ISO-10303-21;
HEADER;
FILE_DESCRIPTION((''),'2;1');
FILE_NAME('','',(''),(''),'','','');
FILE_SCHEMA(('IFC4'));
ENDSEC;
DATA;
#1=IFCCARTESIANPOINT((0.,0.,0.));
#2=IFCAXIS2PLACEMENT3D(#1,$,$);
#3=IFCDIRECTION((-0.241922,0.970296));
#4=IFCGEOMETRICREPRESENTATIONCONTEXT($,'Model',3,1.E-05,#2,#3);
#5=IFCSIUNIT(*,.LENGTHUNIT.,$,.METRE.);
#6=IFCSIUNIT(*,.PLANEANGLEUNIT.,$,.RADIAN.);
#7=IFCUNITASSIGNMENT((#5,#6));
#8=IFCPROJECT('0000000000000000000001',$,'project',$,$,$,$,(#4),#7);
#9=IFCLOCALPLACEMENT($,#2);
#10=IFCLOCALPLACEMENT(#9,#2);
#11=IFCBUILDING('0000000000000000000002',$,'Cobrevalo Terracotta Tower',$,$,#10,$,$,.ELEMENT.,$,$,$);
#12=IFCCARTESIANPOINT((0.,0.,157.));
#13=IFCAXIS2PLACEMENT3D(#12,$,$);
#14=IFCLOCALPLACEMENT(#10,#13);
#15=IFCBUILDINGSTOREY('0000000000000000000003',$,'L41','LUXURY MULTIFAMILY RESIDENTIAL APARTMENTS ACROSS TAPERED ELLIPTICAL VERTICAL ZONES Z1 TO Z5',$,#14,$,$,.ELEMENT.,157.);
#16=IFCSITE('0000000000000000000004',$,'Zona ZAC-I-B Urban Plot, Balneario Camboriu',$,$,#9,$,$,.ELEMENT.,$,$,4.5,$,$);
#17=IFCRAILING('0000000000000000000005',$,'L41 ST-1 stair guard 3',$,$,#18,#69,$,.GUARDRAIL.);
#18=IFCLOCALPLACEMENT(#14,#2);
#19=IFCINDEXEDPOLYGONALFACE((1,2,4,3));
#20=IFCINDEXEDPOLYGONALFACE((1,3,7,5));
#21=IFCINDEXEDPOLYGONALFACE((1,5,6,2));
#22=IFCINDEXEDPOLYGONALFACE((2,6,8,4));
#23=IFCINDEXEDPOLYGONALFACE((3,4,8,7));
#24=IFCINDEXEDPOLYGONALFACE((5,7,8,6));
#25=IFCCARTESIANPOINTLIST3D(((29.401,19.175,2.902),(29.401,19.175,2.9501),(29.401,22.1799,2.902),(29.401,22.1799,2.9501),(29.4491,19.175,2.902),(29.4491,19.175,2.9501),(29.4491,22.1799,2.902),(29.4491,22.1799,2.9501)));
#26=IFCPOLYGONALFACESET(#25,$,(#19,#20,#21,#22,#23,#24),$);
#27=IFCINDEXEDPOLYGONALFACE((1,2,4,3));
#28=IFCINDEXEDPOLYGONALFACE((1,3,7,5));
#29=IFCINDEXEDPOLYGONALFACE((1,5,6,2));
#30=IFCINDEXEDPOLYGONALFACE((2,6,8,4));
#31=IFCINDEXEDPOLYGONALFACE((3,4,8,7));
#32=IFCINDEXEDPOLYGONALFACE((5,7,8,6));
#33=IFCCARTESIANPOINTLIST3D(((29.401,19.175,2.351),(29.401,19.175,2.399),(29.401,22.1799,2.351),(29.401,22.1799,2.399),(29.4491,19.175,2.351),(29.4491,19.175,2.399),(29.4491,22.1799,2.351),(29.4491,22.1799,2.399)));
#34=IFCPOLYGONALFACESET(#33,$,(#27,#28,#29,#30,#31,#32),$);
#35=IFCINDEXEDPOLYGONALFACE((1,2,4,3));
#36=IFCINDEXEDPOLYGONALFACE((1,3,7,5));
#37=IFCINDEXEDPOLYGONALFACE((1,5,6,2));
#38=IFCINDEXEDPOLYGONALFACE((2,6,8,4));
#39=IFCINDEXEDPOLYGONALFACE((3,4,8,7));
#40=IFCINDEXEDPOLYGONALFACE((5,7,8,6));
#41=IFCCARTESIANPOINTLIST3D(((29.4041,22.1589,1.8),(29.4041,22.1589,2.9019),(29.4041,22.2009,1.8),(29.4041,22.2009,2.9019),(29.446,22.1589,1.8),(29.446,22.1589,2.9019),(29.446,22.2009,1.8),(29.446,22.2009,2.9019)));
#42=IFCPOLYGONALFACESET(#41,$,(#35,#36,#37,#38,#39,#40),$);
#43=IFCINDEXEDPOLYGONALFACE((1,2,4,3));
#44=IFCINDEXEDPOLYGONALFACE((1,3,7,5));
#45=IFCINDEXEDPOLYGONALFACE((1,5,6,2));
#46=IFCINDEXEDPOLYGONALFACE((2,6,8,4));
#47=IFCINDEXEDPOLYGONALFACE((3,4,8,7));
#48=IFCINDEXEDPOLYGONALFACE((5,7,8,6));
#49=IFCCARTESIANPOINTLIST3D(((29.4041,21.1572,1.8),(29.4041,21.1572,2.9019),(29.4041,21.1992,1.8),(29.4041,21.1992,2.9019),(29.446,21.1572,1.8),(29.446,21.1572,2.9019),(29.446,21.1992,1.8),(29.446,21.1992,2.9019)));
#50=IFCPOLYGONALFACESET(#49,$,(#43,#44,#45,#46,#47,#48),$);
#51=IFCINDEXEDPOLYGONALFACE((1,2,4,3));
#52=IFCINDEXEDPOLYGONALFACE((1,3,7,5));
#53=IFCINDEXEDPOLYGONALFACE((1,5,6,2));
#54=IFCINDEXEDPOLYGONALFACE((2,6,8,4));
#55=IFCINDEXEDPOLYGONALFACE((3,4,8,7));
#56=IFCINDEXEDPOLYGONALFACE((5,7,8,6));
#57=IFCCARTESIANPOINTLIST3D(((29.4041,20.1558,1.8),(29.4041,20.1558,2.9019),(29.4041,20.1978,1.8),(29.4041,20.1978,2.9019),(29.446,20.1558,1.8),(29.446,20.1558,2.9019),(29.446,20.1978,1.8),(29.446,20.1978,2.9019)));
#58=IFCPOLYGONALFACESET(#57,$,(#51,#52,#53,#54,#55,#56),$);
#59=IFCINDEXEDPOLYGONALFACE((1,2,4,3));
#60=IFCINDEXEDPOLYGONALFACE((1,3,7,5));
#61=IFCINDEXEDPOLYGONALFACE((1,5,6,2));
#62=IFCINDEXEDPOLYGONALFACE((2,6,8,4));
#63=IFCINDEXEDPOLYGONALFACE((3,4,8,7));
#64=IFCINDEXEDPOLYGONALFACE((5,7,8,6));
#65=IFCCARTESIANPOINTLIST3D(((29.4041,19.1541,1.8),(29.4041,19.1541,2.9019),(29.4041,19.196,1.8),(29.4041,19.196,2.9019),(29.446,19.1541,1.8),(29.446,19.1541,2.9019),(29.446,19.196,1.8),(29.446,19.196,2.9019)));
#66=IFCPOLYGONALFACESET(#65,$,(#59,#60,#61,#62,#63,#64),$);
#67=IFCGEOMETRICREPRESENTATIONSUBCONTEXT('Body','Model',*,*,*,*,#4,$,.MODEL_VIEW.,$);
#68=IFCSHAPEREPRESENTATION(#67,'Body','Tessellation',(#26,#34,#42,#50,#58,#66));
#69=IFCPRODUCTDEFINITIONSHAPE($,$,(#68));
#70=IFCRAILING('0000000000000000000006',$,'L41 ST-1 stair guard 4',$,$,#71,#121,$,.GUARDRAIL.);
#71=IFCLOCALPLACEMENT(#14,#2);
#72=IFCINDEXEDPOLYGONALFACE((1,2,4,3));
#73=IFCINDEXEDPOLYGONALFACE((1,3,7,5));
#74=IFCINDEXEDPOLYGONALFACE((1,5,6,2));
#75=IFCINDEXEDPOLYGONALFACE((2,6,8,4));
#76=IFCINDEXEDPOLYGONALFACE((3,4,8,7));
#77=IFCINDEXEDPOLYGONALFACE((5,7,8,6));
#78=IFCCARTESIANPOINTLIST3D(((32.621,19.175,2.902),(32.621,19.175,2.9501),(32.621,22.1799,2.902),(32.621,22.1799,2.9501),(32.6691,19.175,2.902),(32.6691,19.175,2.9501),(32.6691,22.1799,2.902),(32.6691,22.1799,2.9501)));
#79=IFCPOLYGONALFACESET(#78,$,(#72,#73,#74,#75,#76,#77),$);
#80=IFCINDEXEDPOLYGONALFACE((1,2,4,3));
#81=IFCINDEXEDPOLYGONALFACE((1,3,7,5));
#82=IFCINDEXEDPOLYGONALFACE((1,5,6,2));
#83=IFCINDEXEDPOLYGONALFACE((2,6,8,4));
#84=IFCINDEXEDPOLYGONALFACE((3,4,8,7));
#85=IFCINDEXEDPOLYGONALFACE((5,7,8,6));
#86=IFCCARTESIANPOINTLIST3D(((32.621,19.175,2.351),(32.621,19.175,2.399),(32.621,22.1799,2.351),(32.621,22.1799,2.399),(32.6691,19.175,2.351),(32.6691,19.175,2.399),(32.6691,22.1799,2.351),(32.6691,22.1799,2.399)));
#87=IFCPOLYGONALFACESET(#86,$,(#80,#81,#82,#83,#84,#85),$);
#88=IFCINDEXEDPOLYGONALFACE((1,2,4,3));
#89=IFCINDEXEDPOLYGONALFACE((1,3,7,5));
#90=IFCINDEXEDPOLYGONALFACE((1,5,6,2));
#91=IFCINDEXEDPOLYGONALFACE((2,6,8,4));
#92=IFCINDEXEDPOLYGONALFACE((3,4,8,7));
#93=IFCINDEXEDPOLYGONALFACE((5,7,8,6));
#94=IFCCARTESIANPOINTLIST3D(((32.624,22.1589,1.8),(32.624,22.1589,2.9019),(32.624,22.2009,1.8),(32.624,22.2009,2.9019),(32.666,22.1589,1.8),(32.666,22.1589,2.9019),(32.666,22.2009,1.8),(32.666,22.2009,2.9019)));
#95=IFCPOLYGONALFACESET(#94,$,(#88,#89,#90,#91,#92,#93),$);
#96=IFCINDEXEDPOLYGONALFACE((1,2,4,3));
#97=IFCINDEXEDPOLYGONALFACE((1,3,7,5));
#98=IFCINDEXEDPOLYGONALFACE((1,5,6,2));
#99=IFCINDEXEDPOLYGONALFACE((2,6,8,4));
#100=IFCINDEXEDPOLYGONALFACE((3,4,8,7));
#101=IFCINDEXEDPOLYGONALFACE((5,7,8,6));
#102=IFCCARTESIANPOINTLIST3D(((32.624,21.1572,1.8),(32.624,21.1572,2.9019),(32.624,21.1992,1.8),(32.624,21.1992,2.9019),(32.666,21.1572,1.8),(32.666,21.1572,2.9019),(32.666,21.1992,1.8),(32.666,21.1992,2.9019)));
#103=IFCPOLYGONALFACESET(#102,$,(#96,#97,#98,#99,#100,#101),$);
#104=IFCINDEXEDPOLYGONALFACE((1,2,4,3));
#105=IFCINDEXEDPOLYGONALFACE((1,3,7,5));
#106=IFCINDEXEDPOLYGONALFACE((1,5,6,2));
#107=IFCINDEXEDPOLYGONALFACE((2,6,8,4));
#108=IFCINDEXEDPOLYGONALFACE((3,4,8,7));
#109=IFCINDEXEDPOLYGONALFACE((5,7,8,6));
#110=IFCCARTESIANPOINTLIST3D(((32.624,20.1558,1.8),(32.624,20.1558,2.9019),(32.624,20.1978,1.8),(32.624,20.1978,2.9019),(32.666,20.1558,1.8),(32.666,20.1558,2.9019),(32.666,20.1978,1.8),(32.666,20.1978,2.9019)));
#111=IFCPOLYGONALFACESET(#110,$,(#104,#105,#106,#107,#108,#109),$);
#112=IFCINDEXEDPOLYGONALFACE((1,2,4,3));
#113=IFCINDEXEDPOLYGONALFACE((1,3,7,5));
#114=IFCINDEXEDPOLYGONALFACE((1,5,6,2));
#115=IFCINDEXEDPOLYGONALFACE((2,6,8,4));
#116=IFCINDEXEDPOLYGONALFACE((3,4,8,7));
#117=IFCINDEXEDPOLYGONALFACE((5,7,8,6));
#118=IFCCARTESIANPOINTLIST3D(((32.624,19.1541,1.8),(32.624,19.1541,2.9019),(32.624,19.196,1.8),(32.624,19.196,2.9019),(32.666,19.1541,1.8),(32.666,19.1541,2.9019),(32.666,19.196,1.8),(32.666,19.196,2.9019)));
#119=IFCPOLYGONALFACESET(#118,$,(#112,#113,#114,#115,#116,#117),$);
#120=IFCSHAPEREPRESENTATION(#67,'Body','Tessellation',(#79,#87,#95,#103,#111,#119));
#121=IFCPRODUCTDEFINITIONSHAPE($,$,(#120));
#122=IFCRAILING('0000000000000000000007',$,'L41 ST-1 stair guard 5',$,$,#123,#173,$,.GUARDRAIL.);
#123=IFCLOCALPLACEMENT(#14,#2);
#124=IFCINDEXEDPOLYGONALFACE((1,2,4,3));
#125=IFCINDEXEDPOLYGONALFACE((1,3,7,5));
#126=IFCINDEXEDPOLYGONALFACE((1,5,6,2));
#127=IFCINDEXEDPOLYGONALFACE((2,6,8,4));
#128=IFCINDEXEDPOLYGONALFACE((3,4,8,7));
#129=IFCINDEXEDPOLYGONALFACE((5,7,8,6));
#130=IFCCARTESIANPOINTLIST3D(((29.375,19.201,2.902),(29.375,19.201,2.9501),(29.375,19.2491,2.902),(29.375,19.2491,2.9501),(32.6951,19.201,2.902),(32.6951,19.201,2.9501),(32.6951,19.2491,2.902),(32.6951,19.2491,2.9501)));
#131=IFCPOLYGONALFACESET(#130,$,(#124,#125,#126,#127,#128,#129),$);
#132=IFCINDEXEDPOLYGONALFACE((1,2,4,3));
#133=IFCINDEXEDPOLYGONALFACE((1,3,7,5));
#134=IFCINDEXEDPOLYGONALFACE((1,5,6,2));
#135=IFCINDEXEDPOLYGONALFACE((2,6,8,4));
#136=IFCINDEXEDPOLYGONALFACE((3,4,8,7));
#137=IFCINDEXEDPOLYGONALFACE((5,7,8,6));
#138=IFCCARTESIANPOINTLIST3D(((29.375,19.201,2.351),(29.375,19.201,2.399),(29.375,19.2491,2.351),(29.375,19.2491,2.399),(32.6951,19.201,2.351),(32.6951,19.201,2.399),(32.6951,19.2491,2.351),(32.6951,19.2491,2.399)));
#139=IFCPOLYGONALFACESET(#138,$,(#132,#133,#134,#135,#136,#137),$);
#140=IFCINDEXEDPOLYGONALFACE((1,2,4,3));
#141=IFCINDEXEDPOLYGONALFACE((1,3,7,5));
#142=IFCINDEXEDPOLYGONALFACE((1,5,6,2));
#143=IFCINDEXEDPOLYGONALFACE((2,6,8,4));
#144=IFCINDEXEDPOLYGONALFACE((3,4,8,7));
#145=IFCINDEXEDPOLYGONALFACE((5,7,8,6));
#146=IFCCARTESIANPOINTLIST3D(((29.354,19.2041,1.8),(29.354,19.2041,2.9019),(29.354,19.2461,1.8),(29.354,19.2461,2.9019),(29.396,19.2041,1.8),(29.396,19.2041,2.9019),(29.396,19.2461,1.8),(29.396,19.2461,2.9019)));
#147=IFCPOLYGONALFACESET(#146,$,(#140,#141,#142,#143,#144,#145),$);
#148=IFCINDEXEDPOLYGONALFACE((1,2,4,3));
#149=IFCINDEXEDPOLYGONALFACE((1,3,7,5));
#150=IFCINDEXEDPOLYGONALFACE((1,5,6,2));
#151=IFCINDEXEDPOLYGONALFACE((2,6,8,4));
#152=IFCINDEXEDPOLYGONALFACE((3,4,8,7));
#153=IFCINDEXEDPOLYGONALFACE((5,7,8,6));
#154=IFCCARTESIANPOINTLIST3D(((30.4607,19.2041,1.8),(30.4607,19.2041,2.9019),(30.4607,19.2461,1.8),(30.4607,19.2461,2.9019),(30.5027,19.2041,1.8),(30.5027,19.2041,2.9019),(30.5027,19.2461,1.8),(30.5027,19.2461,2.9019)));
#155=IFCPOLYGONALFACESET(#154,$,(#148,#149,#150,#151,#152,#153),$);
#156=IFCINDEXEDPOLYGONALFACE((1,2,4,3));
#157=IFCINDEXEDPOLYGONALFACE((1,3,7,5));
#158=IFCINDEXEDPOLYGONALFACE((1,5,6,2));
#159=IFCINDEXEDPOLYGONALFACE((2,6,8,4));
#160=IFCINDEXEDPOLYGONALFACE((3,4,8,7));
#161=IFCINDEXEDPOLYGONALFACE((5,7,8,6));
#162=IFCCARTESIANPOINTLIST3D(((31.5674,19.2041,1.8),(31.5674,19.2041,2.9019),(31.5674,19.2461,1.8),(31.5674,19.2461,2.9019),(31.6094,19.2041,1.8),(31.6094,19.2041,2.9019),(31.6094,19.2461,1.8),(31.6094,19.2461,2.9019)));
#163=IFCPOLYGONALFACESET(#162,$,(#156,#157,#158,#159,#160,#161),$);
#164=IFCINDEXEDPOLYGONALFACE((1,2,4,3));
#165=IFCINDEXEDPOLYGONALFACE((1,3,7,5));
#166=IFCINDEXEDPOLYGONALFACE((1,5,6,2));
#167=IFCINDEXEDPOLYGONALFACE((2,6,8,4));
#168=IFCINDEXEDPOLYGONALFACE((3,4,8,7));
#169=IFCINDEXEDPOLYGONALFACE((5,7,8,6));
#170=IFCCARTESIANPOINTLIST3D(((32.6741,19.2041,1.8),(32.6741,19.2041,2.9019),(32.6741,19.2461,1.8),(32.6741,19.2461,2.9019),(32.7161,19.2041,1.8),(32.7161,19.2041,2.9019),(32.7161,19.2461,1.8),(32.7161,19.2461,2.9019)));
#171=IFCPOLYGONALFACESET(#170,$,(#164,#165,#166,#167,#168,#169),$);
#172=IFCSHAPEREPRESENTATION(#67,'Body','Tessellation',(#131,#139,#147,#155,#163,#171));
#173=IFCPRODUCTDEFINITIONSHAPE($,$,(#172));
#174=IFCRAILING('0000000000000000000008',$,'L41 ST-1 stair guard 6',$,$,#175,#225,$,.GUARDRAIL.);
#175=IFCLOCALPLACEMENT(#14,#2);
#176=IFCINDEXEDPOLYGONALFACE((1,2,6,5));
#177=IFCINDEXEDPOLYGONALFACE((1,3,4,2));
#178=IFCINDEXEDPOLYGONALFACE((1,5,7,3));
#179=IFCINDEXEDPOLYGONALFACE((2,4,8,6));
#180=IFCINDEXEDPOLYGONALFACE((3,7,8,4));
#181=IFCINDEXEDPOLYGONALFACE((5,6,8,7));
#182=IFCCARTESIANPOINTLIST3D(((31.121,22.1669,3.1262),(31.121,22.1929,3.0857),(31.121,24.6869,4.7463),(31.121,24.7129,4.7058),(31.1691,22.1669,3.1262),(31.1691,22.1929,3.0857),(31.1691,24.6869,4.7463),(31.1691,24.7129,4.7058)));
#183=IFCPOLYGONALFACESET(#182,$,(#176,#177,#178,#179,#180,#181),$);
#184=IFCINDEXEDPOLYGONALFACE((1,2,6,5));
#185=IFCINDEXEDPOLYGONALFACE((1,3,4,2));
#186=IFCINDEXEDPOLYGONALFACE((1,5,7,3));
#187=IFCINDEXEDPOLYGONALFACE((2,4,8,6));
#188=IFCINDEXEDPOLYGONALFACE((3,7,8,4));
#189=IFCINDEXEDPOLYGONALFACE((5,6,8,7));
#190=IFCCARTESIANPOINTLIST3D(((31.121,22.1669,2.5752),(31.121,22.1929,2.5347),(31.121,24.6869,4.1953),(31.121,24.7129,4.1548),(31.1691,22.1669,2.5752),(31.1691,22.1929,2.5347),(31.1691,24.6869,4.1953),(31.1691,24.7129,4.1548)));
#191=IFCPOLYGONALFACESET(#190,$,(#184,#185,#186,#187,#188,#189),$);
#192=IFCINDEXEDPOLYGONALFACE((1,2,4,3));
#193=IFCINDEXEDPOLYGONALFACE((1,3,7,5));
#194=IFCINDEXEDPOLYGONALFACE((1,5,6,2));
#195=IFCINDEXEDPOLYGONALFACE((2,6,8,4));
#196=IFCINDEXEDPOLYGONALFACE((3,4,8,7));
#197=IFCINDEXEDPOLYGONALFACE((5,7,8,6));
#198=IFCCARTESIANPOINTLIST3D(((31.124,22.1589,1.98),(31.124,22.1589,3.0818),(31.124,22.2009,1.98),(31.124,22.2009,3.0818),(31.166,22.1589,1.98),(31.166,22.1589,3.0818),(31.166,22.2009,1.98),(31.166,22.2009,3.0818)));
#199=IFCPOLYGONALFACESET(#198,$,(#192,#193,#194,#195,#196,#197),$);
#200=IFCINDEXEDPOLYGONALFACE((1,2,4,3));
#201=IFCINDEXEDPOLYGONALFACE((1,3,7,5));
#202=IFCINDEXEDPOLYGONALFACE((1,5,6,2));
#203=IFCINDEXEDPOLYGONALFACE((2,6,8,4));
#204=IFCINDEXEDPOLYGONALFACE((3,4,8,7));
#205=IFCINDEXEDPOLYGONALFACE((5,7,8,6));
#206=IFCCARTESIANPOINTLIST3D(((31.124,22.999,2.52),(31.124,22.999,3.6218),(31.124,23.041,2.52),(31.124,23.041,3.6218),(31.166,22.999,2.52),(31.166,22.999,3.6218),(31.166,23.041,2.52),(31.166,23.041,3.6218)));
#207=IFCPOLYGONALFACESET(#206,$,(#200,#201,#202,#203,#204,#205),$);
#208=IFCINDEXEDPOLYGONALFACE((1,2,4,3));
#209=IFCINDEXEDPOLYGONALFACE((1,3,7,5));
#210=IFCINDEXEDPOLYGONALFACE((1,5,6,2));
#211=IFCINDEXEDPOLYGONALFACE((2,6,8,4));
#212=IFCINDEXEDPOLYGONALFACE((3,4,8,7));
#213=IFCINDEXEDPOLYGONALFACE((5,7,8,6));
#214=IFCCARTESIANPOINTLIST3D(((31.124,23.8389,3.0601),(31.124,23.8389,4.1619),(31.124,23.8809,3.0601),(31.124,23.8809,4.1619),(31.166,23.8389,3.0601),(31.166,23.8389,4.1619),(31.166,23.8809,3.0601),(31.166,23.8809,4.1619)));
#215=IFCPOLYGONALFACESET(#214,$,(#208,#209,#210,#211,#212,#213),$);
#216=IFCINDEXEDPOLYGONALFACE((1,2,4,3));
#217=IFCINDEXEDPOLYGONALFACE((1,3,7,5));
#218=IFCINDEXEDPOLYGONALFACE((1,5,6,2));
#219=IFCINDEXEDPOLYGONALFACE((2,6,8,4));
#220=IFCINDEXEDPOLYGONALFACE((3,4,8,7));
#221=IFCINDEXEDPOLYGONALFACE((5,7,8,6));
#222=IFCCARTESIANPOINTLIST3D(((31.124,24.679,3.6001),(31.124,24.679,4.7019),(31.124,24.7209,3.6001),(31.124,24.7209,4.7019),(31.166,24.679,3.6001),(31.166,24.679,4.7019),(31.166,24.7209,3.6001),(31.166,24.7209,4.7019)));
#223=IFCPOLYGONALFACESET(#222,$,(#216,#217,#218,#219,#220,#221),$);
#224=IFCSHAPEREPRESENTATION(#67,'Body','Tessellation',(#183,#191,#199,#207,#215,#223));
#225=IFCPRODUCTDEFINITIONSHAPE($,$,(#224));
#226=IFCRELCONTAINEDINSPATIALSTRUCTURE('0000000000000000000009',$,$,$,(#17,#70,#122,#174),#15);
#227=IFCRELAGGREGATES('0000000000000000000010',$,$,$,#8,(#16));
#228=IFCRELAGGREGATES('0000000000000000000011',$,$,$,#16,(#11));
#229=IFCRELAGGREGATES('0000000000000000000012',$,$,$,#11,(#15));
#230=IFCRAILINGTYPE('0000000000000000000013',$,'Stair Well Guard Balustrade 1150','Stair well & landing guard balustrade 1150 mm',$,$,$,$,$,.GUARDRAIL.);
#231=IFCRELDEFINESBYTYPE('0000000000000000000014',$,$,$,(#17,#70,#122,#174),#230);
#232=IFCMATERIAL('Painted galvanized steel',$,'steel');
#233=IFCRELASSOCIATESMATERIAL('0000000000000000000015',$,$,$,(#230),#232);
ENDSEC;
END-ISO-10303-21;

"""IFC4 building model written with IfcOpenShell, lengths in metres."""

from ifc_helpers import new_model, si_unit, direction, frame, origin, origin_2d, place, context, subcontext, project, spatial, rectangle, extrude, material, type_object, element, save


model = new_model("IFC4")

# Units and contexts
model_context = context("Model", 3, precision=1e-05, world=origin(), true_north=direction((-0.241922, 0.970296)))
body_context = subcontext(model_context, "Body", "Model", "MODEL_VIEW")
ifc_project = project(units=[si_unit("LENGTHUNIT", "METRE"), si_unit("PLANEANGLEUNIT", "RADIAN")], contexts=[model_context])

# Site, building, storey
site_placement = place(None, origin())
site = spatial("IfcSite", under=ifc_project, at=site_placement, Name="Zona ZAC-I-B Urban Plot, Balneario Camboriu", CompositionType="ELEMENT", RefElevation=4.5)
building_placement = place(site_placement, origin())
building = spatial("IfcBuilding", under=site, at=building_placement, Name="Cobrevalo Terracotta Tower", CompositionType="ELEMENT")
storey_placement = place(building_placement, frame((0.0, 0.0, 157.0)))
storey = spatial("IfcBuildingStorey", under=building, at=storey_placement, Name="L41", Description="LUXURY MULTIFAMILY RESIDENTIAL APARTMENTS ACROSS TAPERED ELLIPTICAL VERTICAL ZONES Z1 TO Z5", CompositionType="ELEMENT", Elevation=157.0)

# Railings
ifc_material_1 = material(Name="Painted galvanized steel", Category="steel")
railing_type_1 = type_object("IfcRailingType", Name="Stair Well Guard Balustrade 1150", Description="Stair well & landing guard balustrade 1150 mm", PredefinedType="GUARDRAIL", material=ifc_material_1)
for number, where, name in (
    (1, (29.425, 22.1799, 1.8), "L41 ST-1 stair guard 3"),
    (2, (32.645, 22.1799, 1.8), "L41 ST-1 stair guard 4"),
):
    element("IfcRailing", number, at=place(storey_placement, frame(where)), inside=storey, type_object=railing_type_1, Name=name, PredefinedType="GUARDRAIL", context=body_context, shape_type="SweptSolid", body=[
        extrude(rectangle(XDim=0.0481, YDim=0.0481, at=origin_2d()), frame((0.0, 0.0, 1.126), z_axis=(0.0, -1.0, 0.0), x_axis=(1.0, 0.0, 0.0)), (0.0, 0.0, 1.0), 3.0049),
        extrude(rectangle(XDim=0.0481, YDim=0.0481, at=origin_2d()), frame((0.0, 0.0, 0.575), z_axis=(0.0, -1.0, 0.0), x_axis=(1.0, 0.0, 0.0)), (0.0, 0.0, 1.0), 3.0049),
        extrude(rectangle(XDim=0.042, YDim=0.042, at=origin_2d()), origin(), (0.0, 0.0, 1.0), 1.1018),
        extrude(rectangle(XDim=0.042, YDim=0.042, at=origin_2d()), frame((0.0, -1.0017, 0.0)), (0.0, 0.0, 1.0), 1.1018),
        extrude(rectangle(XDim=0.042, YDim=0.042, at=origin_2d()), frame((0.0, -2.0032, 0.0)), (0.0, 0.0, 1.0), 1.1018),
        extrude(rectangle(XDim=0.042, YDim=0.042, at=origin_2d()), frame((0.0, -3.0049, 0.0)), (0.0, 0.0, 1.0), 1.1018),
    ])
railing_1_placement = place(storey_placement, frame((29.375, 19.2251, 1.8)))
element("IfcRailing", 3, at=railing_1_placement, inside=storey, type_object=railing_type_1, Name="L41 ST-1 stair guard 5", PredefinedType="GUARDRAIL", context=body_context, shape_type="SweptSolid", body=[
    extrude(rectangle(XDim=0.0481, YDim=0.0481, at=origin_2d()), frame((0.0, 0.0, 1.126), z_axis=(1.0, 0.0, 0.0), x_axis=(0.0, 1.0, 0.0)), (0.0, 0.0, 1.0), 3.3201),
    extrude(rectangle(XDim=0.0481, YDim=0.0481, at=origin_2d()), frame((0.0, 0.0, 0.575), z_axis=(1.0, 0.0, 0.0), x_axis=(0.0, 1.0, 0.0)), (0.0, 0.0, 1.0), 3.3201),
    extrude(rectangle(XDim=0.042, YDim=0.042, at=origin_2d()), origin(), (0.0, 0.0, 1.0), 1.1018),
    extrude(rectangle(XDim=0.042, YDim=0.042, at=origin_2d()), frame((1.1067, 0.0, 0.0)), (0.0, 0.0, 1.0), 1.1018),
    extrude(rectangle(XDim=0.042, YDim=0.042, at=origin_2d()), frame((2.2134, 0.0, 0.0)), (0.0, 0.0, 1.0), 1.1018),
    extrude(rectangle(XDim=0.042, YDim=0.042, at=origin_2d()), frame((3.3201, 0.0, 0.0)), (0.0, 0.0, 1.0), 1.1018),
])
railing_2_placement = place(storey_placement, frame((31.145, 22.1799, 1.98)))
element("IfcRailing", 4, at=railing_2_placement, inside=storey, type_object=railing_type_1, Name="L41 ST-1 stair guard 6", PredefinedType="GUARDRAIL", context=body_context, shape_type="SweptSolid", body=[
    extrude(rectangle(XDim=0.0481, YDim=0.0481, at=origin_2d()), frame((0.0, 0.0, 1.126), z_axis=(0.0, 0.841163, 0.540782), x_axis=(-1.0, 0.0, 0.0)), (0.0, 0.0, 1.0), 2.9958),
    extrude(rectangle(XDim=0.0481, YDim=0.0481, at=origin_2d()), frame((0.0, 0.0, 0.575), z_axis=(0.0, 0.841163, 0.540782), x_axis=(-1.0, 0.0, 0.0)), (0.0, 0.0, 1.0), 2.9958),
    extrude(rectangle(XDim=0.042, YDim=0.042, at=origin_2d()), origin(), (0.0, 0.0, 1.0), 1.1018),
    extrude(rectangle(XDim=0.042, YDim=0.042, at=origin_2d()), frame((0.0, 0.8401, 0.54)), (0.0, 0.0, 1.0), 1.1018),
    extrude(rectangle(XDim=0.042, YDim=0.042, at=origin_2d()), frame((0.0, 1.6799, 1.0801)), (0.0, 0.0, 1.0), 1.1018),
    extrude(rectangle(XDim=0.042, YDim=0.042, at=origin_2d()), frame((0.0, 2.52, 1.6201)), (0.0, 0.0, 1.0), 1.1018),
])

save(model, "model.ifc")
